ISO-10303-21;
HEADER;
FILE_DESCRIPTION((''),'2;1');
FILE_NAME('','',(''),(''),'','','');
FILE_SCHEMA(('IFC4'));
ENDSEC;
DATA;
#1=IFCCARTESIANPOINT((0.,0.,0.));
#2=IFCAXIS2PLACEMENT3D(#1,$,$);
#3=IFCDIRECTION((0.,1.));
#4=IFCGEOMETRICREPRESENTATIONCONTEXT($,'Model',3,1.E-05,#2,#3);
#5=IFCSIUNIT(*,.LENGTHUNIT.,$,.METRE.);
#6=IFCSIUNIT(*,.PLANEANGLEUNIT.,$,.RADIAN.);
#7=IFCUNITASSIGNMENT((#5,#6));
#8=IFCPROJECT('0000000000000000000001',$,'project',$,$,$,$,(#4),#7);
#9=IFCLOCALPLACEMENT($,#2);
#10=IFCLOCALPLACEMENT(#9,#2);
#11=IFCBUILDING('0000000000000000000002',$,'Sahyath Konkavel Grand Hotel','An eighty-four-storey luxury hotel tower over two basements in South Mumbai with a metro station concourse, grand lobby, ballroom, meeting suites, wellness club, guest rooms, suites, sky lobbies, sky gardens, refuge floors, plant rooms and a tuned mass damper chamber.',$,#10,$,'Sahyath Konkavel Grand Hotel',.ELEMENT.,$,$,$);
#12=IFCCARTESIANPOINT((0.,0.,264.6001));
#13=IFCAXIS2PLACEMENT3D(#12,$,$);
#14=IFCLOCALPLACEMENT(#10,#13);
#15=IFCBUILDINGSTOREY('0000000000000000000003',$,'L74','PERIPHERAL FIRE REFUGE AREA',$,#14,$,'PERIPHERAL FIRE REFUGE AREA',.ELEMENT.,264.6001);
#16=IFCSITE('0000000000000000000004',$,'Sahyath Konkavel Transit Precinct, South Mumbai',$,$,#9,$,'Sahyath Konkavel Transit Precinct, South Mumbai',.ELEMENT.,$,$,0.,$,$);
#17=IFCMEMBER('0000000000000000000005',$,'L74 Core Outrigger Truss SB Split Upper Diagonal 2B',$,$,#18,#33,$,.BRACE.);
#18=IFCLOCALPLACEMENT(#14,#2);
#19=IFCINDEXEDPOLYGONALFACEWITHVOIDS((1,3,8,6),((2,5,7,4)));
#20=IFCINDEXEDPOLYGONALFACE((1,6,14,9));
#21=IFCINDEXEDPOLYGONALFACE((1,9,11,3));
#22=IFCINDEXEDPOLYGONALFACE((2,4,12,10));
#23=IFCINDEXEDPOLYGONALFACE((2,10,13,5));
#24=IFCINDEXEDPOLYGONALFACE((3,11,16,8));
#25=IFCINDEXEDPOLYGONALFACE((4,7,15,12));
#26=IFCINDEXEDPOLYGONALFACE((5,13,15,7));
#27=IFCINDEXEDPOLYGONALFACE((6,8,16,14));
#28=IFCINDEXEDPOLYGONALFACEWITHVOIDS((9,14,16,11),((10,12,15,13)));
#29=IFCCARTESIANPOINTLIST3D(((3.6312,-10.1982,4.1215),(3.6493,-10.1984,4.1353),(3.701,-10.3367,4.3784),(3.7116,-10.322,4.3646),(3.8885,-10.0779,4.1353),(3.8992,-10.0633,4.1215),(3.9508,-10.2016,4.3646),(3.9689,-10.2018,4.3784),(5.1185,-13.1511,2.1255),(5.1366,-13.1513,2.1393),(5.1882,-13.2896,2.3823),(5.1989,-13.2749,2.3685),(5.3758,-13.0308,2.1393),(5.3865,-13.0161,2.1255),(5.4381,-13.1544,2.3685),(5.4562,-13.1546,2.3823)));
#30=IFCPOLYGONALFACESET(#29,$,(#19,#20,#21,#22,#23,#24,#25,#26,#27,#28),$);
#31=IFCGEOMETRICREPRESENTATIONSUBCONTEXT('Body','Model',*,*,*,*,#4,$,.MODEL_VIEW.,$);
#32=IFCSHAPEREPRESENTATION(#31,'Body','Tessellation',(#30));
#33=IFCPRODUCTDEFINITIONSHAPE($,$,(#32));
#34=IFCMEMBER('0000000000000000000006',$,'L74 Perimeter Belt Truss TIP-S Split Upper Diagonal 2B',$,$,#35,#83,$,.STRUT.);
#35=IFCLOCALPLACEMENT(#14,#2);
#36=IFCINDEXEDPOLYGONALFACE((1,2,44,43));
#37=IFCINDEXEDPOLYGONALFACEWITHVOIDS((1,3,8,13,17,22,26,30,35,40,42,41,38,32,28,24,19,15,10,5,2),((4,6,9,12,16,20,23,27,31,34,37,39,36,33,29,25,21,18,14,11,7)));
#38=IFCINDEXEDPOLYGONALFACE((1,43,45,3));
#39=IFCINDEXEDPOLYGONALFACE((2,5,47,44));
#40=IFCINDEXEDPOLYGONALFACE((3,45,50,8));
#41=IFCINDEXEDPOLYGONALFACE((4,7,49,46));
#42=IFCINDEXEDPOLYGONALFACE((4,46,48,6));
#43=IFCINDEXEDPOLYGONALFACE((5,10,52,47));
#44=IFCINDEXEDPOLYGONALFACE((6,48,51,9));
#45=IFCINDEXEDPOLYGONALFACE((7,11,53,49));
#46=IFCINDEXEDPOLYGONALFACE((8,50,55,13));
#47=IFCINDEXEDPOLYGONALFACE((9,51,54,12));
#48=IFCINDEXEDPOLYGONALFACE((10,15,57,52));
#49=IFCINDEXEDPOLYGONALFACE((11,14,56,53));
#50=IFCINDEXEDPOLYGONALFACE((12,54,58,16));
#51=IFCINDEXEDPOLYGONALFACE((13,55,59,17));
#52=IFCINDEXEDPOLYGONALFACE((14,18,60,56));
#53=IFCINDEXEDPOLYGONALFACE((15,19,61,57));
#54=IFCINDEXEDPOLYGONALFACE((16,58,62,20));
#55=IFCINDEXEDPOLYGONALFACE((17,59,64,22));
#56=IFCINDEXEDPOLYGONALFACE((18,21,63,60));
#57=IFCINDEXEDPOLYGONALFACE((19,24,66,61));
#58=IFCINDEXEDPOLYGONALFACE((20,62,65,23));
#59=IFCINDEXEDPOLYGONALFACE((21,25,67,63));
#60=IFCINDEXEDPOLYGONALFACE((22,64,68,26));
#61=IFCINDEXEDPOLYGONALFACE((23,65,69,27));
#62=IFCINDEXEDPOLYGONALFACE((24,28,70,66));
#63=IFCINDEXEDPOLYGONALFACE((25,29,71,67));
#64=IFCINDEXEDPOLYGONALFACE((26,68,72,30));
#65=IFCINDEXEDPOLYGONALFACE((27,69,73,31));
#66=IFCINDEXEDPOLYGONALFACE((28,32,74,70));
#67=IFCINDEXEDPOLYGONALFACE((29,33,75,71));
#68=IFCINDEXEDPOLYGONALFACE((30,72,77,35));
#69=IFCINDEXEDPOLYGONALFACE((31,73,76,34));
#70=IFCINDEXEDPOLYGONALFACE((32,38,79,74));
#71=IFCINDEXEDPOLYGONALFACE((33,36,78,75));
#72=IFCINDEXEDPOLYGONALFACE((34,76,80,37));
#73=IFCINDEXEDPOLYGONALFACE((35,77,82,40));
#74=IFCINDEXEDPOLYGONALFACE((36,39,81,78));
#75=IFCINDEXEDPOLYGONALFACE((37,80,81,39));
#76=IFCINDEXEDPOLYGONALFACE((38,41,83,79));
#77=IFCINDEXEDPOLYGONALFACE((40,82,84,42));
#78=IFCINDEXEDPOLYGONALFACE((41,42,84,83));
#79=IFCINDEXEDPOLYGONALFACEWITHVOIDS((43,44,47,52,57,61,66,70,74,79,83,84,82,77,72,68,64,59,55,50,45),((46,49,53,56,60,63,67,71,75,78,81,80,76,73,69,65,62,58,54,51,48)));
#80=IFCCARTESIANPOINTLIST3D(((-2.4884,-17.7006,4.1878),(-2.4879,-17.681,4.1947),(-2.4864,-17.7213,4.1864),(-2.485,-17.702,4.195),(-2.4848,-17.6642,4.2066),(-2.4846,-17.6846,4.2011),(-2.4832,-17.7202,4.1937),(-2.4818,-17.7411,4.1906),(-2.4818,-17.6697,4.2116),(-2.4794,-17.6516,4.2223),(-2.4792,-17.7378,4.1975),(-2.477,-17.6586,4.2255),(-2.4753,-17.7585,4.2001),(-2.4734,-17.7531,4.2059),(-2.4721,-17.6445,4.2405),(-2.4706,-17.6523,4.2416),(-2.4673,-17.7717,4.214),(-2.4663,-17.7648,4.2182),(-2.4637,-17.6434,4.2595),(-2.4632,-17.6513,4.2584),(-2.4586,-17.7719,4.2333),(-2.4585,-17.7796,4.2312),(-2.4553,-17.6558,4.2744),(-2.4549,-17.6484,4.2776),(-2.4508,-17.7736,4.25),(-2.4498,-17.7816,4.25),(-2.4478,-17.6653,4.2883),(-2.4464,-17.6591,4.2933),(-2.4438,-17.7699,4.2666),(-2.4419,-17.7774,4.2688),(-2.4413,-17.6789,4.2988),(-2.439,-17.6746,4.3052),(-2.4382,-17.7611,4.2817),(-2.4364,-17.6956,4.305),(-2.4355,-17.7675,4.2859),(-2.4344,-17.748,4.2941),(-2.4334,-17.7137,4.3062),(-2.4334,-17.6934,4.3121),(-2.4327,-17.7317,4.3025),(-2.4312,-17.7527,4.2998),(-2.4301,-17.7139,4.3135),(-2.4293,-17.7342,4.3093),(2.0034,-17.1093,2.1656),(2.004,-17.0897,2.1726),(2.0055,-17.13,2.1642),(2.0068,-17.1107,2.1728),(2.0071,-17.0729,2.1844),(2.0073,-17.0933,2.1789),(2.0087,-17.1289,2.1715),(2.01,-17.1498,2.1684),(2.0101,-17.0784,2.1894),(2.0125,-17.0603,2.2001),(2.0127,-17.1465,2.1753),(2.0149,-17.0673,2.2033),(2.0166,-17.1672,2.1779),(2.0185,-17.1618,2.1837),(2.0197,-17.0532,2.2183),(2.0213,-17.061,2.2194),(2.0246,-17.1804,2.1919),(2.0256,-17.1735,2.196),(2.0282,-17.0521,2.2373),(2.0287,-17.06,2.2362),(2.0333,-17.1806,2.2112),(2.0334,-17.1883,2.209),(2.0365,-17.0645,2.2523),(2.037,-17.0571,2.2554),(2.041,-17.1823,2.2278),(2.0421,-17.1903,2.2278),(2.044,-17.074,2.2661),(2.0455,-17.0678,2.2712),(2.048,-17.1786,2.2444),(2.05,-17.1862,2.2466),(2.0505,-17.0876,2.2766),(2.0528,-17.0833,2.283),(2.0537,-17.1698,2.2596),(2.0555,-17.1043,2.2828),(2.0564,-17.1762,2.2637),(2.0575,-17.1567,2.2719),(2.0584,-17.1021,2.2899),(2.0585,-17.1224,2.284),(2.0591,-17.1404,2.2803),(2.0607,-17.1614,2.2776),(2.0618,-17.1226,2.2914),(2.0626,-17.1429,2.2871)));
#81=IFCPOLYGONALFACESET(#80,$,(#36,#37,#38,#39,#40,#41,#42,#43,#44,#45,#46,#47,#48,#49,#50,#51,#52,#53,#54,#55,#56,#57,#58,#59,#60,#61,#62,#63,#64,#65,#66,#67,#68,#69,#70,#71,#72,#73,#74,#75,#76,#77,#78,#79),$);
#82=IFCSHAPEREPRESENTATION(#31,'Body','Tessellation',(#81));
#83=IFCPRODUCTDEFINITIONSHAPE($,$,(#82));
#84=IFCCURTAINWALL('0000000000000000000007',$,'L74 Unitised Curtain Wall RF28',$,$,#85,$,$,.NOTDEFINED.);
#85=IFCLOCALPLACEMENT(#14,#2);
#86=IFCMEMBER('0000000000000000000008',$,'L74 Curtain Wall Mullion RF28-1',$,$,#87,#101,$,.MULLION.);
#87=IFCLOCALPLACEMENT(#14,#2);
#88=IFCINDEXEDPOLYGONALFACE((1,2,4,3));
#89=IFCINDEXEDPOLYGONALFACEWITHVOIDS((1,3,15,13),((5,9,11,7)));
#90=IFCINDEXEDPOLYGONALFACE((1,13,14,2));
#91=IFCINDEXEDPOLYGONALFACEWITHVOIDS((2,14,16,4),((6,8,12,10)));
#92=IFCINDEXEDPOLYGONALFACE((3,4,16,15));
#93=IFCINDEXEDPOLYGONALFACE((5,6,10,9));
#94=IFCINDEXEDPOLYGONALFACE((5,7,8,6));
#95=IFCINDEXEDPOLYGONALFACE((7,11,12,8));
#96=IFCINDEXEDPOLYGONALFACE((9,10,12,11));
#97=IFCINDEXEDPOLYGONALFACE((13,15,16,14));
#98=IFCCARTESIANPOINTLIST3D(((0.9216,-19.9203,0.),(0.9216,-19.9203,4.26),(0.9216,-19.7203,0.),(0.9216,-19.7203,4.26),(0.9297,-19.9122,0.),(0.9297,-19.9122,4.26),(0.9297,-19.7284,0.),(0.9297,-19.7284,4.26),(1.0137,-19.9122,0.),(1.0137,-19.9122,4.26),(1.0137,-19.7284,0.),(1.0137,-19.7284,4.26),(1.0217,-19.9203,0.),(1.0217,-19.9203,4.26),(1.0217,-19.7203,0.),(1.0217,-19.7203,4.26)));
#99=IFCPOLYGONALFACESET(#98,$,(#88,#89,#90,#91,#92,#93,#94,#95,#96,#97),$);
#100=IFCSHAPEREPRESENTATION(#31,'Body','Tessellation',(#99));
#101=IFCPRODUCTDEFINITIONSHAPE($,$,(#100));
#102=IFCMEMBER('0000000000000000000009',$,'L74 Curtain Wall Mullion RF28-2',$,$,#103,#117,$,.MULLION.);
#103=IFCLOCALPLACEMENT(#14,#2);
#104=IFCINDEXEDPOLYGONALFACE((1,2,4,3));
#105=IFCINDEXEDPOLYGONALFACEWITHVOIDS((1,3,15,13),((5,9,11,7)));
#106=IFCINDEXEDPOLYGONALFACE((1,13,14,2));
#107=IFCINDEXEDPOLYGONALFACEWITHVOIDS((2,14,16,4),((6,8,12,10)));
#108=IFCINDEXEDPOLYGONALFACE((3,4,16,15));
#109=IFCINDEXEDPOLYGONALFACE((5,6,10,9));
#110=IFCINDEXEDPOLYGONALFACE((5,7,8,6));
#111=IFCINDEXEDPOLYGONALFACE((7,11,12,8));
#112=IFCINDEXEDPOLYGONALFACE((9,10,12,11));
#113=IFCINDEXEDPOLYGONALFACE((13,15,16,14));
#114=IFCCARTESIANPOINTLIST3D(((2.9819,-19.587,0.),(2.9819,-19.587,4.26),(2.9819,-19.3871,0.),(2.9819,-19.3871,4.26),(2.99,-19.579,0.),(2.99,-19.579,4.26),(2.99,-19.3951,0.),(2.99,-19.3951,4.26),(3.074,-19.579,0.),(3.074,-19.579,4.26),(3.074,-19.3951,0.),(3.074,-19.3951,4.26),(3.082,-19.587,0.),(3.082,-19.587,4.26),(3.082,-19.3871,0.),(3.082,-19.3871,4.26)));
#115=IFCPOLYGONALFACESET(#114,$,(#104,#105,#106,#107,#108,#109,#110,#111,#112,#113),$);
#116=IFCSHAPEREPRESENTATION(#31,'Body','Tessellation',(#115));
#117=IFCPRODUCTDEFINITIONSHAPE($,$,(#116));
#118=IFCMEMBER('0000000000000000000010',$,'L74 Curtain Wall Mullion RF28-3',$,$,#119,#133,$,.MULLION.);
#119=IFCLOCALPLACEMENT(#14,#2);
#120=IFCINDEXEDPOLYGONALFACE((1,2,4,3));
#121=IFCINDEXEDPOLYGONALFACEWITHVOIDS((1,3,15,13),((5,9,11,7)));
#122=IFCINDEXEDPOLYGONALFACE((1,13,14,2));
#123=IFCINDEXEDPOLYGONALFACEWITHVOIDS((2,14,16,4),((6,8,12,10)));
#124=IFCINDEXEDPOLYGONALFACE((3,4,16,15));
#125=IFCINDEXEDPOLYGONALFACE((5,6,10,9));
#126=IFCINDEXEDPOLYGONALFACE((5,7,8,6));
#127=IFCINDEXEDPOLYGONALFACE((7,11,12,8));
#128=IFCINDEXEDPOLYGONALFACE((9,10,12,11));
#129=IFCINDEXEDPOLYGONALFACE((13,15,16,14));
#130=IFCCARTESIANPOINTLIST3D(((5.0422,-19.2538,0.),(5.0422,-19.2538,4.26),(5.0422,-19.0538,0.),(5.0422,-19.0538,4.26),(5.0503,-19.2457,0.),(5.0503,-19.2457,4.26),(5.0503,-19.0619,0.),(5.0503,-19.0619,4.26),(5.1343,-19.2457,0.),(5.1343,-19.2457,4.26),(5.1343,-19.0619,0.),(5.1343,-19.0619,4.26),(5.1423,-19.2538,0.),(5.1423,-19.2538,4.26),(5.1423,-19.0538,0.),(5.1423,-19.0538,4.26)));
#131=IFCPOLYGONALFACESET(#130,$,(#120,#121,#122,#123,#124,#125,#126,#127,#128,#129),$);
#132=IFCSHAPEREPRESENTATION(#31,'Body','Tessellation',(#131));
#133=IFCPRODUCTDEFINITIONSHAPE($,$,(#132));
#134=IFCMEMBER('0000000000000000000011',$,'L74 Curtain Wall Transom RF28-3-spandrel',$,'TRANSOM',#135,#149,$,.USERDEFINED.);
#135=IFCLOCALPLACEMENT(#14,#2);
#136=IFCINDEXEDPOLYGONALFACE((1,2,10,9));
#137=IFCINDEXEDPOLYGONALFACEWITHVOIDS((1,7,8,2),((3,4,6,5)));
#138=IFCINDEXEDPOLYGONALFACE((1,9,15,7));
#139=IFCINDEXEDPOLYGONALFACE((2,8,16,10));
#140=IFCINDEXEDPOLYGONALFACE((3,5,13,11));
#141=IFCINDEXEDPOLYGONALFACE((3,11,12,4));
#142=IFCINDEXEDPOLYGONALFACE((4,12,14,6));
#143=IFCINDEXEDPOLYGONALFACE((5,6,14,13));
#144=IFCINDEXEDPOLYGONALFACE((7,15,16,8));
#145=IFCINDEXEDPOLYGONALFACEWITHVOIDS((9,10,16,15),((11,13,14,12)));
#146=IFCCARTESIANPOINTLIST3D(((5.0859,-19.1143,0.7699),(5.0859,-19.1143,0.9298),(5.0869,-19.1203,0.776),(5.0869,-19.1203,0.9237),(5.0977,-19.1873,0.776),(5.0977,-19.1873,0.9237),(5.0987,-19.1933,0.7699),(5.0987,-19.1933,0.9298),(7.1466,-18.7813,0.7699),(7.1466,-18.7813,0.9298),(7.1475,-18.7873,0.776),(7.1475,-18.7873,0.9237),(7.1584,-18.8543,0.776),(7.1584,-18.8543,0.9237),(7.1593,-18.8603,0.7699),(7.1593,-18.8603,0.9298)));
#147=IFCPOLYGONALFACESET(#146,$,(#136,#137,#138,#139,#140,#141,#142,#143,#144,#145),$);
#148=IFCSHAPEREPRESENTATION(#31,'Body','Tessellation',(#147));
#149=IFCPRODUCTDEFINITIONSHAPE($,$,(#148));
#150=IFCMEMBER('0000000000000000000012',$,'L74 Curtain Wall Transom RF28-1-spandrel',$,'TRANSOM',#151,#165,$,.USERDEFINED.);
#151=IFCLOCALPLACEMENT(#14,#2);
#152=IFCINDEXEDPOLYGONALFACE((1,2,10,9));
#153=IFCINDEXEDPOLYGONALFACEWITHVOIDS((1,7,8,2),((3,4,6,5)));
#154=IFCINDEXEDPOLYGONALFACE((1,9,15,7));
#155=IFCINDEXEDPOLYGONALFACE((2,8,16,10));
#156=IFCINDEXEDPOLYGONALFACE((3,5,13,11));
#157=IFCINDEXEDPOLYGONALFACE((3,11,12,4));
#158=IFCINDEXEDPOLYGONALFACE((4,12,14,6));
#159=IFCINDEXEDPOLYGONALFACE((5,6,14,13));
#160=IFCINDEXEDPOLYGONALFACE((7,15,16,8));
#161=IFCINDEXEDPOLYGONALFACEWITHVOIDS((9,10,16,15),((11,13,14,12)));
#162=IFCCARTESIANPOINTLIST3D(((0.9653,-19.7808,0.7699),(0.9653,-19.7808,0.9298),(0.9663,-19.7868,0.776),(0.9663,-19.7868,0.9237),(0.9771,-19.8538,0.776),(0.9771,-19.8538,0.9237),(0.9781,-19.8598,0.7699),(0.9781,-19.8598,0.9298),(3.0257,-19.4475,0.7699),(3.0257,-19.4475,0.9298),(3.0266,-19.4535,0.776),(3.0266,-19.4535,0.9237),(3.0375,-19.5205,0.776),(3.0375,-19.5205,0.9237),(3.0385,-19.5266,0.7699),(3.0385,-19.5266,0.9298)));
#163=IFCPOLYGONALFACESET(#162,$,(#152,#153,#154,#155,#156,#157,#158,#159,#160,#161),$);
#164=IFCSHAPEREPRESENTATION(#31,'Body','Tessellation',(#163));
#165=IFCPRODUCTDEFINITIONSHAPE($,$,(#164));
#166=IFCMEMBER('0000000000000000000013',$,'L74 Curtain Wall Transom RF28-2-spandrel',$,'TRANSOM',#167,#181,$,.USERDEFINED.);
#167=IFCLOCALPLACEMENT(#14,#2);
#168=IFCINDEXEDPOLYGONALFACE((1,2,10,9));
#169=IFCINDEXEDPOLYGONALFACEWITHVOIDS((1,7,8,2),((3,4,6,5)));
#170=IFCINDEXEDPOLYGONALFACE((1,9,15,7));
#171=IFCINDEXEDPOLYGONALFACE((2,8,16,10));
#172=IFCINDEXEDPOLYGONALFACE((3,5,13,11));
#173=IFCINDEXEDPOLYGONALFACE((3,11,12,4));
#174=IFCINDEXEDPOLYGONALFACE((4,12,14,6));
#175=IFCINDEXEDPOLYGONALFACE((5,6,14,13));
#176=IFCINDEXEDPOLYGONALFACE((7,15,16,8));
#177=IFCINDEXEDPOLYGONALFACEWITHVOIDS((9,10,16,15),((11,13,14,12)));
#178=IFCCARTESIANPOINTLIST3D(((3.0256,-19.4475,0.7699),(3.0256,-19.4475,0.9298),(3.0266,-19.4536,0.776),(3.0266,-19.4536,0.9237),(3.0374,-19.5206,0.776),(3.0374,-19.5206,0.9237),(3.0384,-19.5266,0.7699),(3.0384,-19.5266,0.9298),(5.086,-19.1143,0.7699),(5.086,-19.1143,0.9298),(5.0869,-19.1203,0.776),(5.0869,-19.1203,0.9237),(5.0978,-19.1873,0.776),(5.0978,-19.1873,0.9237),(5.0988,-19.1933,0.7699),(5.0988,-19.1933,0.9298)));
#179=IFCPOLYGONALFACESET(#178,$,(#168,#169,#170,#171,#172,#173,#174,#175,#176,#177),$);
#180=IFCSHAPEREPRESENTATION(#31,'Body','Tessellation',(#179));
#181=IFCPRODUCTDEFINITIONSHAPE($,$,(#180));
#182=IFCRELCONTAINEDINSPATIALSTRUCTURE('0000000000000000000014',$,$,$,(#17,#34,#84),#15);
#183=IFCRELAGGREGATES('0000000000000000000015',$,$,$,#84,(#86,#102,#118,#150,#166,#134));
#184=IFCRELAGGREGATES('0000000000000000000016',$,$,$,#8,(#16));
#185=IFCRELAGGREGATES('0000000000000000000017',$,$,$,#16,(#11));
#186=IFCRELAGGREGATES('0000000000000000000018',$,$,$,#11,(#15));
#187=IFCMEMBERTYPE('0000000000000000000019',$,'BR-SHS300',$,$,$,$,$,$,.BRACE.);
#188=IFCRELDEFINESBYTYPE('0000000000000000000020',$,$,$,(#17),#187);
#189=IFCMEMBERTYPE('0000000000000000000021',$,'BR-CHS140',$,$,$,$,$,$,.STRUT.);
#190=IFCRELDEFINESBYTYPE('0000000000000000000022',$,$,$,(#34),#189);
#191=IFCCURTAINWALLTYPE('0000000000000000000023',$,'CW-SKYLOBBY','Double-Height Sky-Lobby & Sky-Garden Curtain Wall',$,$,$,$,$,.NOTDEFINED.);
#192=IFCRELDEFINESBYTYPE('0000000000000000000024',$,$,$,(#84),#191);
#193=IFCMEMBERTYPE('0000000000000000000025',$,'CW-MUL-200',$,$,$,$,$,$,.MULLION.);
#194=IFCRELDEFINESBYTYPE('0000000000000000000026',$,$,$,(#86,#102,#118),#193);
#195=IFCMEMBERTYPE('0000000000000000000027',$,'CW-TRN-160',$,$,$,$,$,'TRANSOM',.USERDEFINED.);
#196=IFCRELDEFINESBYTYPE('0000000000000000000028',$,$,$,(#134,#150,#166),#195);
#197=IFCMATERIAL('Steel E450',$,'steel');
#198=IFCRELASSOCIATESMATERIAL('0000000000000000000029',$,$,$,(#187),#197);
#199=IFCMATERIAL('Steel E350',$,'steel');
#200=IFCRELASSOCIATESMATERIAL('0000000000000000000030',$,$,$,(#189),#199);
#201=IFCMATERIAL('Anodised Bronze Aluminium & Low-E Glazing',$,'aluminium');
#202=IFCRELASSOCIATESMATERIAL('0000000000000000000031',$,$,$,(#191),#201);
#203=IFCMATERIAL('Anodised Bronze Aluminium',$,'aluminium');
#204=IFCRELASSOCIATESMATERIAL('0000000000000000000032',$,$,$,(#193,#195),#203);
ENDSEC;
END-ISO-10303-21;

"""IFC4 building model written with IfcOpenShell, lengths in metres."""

from ifc_helpers import new_model, si_unit, direction, frame, origin, origin_2d, place, context, subcontext, project, spatial, hollow_rectangle, hollow_circle, extrude, source, transform, mapped, material, material_profile, profile_set, type_object, element, aggregate, save


model = new_model("IFC4")

# Units and contexts
model_context = context("Model", 3, precision=1e-05, world=origin(), true_north=direction((0.0, 1.0)))
body_context = subcontext(model_context, "Body", "Model", "MODEL_VIEW")
ifc_project = project(units=[si_unit("LENGTHUNIT", "METRE"), si_unit("PLANEANGLEUNIT", "RADIAN")], contexts=[model_context])

# Site, building, storey
site_placement = place(None, origin())
site = spatial("IfcSite", under=ifc_project, at=site_placement, Name="Sahyath Konkavel Transit Precinct, South Mumbai", LongName="Sahyath Konkavel Transit Precinct, South Mumbai", CompositionType="ELEMENT", RefElevation=0.0)
building_placement = place(site_placement, origin())
building = spatial("IfcBuilding", under=site, at=building_placement, Name="Sahyath Konkavel Grand Hotel", Description="An eighty-four-storey luxury hotel tower over two basements in South Mumbai with a metro station concourse, grand lobby, ballroom, meeting suites, wellness club, guest rooms, suites, sky lobbies, sky gardens, refuge floors, plant rooms and a tuned mass damper chamber.", LongName="Sahyath Konkavel Grand Hotel", CompositionType="ELEMENT")
storey_placement = place(building_placement, frame((0.0, 0.0, 264.6001)))
storey = spatial("IfcBuildingStorey", under=building, at=storey_placement, Name="L74", Description="PERIPHERAL FIRE REFUGE AREA", LongName="PERIPHERAL FIRE REFUGE AREA", CompositionType="ELEMENT", Elevation=264.6001)

# Members
ifc_material_1 = material(Name="Steel E450", Category="steel")
ifc_material_profile_1 = material_profile(ifc_material_1, hollow_rectangle(XDim=0.3, YDim=0.3, WallThickness=0.0161, at=origin_2d()), Name="SHS 300x300x16")
ifc_profile_set_1 = profile_set([ifc_material_profile_1], Name="Steel E450")
member_type_1 = type_object("IfcMemberType", Name="BR-SHS300", PredefinedType="BRACE", material=ifc_profile_set_1)
shared_shape_1 = source(origin(), body_context, "Body", "SweptSolid", [
    extrude(hollow_rectangle(XDim=0.3, YDim=0.3, WallThickness=0.0161, at=origin_2d()), origin(), (0.0, 0.0, 1.0), 3.8621),
])
member_1_placement = place(storey_placement, frame((5.2874, -13.1528, 2.2539), z_axis=(-0.385101, 0.764575, 0.516839), x_axis=(-0.893109, -0.44984, 0.0)))
element("IfcMember", 1, at=member_1_placement, inside=storey, type_object=member_type_1, Name="L74 Core Outrigger Truss SB Split Upper Diagonal 2B", PredefinedType="BRACE", context=body_context, shape_type="MappedRepresentation", body=[
    mapped(shared_shape_1, transform((0.0, 0.0, 0.0), scale=1.0)),
])
ifc_material_2 = material(Name="Steel E350", Category="steel")
ifc_material_profile_2 = material_profile(ifc_material_2, hollow_circle(Radius=0.0698, WallThickness=0.0081, at=origin_2d()), Name="CHS 139.7x8")
ifc_profile_set_2 = profile_set([ifc_material_profile_2], Name="Steel E350")
member_type_2 = type_object("IfcMemberType", Name="BR-CHS140", PredefinedType="STRUT", material=ifc_profile_set_2)
shared_shape_2 = source(origin(), body_context, "Body", "SweptSolid", [
    extrude(hollow_circle(Radius=0.0698, WallThickness=0.0081, at=origin_2d()), origin(), (0.0, 0.0, 1.0), 4.9614),
])
member_2_placement = place(storey_placement, frame((2.033, -17.1211, 2.2278), z_axis=(-0.905358, -0.119179, 0.407581), x_axis=(0.130512, -0.991447, 0.0)))
element("IfcMember", 2, at=member_2_placement, inside=storey, type_object=member_type_2, Name="L74 Perimeter Belt Truss TIP-S Split Upper Diagonal 2B", PredefinedType="STRUT", context=body_context, shape_type="MappedRepresentation", body=[
    mapped(shared_shape_2, transform((0.0, 0.0, 0.0), scale=1.0)),
])

# Curtain wall, members
ifc_material_3 = material(Name="Anodised Bronze Aluminium & Low-E Glazing", Category="aluminium")
curtain_wall_type = type_object("IfcCurtainWallType", Name="CW-SKYLOBBY", Description="Double-Height Sky-Lobby & Sky-Garden Curtain Wall", PredefinedType="NOTDEFINED", material=ifc_material_3)
curtain_wall_placement = place(storey_placement, origin())
curtain_wall = element("IfcCurtainWall", 3, at=curtain_wall_placement, inside=storey, type_object=curtain_wall_type, Name="L74 Unitised Curtain Wall RF28", PredefinedType="NOTDEFINED")
ifc_material_4 = material(Name="Anodised Bronze Aluminium", Category="aluminium")
ifc_material_profile_3 = material_profile(ifc_material_4, hollow_rectangle(XDim=0.1001, YDim=0.2, WallThickness=0.0081, at=origin_2d()), Name="RHS 200x100x8")
ifc_profile_set_3 = profile_set([ifc_material_profile_3], Name="Anodised Bronze Aluminium")
member_type_3 = type_object("IfcMemberType", Name="CW-MUL-200", PredefinedType="MULLION", material=ifc_profile_set_3)
shared_shape_3 = source(origin(), body_context, "Body", "SweptSolid", [
    extrude(hollow_rectangle(XDim=0.1001, YDim=0.2, WallThickness=0.0081, at=origin_2d()), origin(), (0.0, 0.0, 1.0), 4.26),
])
member_3_placement = place(storey_placement, frame((0.9717, -19.8203, 0.0), z_axis=(0.0, 0.0, 1.0), x_axis=(1.0, 0.0, 0.0)))
member_3 = element("IfcMember", 4, at=member_3_placement, type_object=member_type_3, Name="L74 Curtain Wall Mullion RF28-1", PredefinedType="MULLION", context=body_context, shape_type="MappedRepresentation", body=[
    mapped(shared_shape_3, transform((0.0, 0.0, 0.0), scale=1.0)),
])
member_4_placement = place(storey_placement, frame((3.032, -19.4871, 0.0), z_axis=(0.0, 0.0, 1.0), x_axis=(1.0, 0.0, 0.0)))
member_4 = element("IfcMember", 5, at=member_4_placement, type_object=member_type_3, Name="L74 Curtain Wall Mullion RF28-2", PredefinedType="MULLION", context=body_context, shape_type="MappedRepresentation", body=[
    mapped(shared_shape_3, transform((0.0, 0.0, 0.0), scale=1.0)),
])
member_5_placement = place(storey_placement, frame((5.0923, -19.1538, 0.0), z_axis=(0.0, 0.0, 1.0), x_axis=(1.0, 0.0, 0.0)))
member_5 = element("IfcMember", 6, at=member_5_placement, type_object=member_type_3, Name="L74 Curtain Wall Mullion RF28-3", PredefinedType="MULLION", context=body_context, shape_type="MappedRepresentation", body=[
    mapped(shared_shape_3, transform((0.0, 0.0, 0.0), scale=1.0)),
])
ifc_material_profile_4 = material_profile(ifc_material_4, hollow_rectangle(XDim=0.0801, YDim=0.1599, WallThickness=0.0061, at=origin_2d()), Name="RHS 160x80x6")
ifc_profile_set_4 = profile_set([ifc_material_profile_4], Name="Anodised Bronze Aluminium")
member_type_4 = type_object("IfcMemberType", Name="CW-TRN-160", ElementType="TRANSOM", PredefinedType="USERDEFINED", material=ifc_profile_set_4)
shared_shape_4 = source(origin(), body_context, "Body", "SweptSolid", [
    extrude(hollow_rectangle(XDim=0.0801, YDim=0.1599, WallThickness=0.0061, at=origin_2d()), origin(), (0.0, 0.0, 1.0), 2.0874),
])
member_6_placement = place(storey_placement, frame((5.0923, -19.1538, 0.8499), z_axis=(0.987191, 0.159541, 0.0), x_axis=(-0.159541, 0.987191, 0.0)))
member_6 = element("IfcMember", 7, at=member_6_placement, type_object=member_type_4, Name="L74 Curtain Wall Transom RF28-3-spandrel", ObjectType="TRANSOM", PredefinedType="USERDEFINED", context=body_context, shape_type="MappedRepresentation", body=[
    mapped(shared_shape_4, transform((0.0, 0.0, 0.0), scale=1.0)),
])
shared_shape_5 = source(origin(), body_context, "Body", "SweptSolid", [
    extrude(hollow_rectangle(XDim=0.0801, YDim=0.1599, WallThickness=0.0061, at=origin_2d()), origin(), (0.0, 0.0, 1.0), 2.0872),
])
member_7_placement = place(storey_placement, frame((0.9717, -19.8203, 0.8499), z_axis=(0.98717, 0.159674, 0.0), x_axis=(-0.159674, 0.98717, 0.0)))
member_7 = element("IfcMember", 8, at=member_7_placement, type_object=member_type_4, Name="L74 Curtain Wall Transom RF28-1-spandrel", ObjectType="TRANSOM", PredefinedType="USERDEFINED", context=body_context, shape_type="MappedRepresentation", body=[
    mapped(shared_shape_5, transform((0.0, 0.0, 0.0), scale=1.0)),
])
member_8_placement = place(storey_placement, frame((3.032, -19.4871, 0.8499), z_axis=(0.98717, 0.159674, 0.0), x_axis=(-0.159674, 0.98717, 0.0)))
member_8 = element("IfcMember", 9, at=member_8_placement, type_object=member_type_4, Name="L74 Curtain Wall Transom RF28-2-spandrel", ObjectType="TRANSOM", PredefinedType="USERDEFINED", context=body_context, shape_type="MappedRepresentation", body=[
    mapped(shared_shape_5, transform((0.0, 0.0, 0.0), scale=1.0)),
])

aggregate(curtain_wall, [member_3, member_4, member_5, member_7, member_8, member_6])

save(model, "model.ifc")
